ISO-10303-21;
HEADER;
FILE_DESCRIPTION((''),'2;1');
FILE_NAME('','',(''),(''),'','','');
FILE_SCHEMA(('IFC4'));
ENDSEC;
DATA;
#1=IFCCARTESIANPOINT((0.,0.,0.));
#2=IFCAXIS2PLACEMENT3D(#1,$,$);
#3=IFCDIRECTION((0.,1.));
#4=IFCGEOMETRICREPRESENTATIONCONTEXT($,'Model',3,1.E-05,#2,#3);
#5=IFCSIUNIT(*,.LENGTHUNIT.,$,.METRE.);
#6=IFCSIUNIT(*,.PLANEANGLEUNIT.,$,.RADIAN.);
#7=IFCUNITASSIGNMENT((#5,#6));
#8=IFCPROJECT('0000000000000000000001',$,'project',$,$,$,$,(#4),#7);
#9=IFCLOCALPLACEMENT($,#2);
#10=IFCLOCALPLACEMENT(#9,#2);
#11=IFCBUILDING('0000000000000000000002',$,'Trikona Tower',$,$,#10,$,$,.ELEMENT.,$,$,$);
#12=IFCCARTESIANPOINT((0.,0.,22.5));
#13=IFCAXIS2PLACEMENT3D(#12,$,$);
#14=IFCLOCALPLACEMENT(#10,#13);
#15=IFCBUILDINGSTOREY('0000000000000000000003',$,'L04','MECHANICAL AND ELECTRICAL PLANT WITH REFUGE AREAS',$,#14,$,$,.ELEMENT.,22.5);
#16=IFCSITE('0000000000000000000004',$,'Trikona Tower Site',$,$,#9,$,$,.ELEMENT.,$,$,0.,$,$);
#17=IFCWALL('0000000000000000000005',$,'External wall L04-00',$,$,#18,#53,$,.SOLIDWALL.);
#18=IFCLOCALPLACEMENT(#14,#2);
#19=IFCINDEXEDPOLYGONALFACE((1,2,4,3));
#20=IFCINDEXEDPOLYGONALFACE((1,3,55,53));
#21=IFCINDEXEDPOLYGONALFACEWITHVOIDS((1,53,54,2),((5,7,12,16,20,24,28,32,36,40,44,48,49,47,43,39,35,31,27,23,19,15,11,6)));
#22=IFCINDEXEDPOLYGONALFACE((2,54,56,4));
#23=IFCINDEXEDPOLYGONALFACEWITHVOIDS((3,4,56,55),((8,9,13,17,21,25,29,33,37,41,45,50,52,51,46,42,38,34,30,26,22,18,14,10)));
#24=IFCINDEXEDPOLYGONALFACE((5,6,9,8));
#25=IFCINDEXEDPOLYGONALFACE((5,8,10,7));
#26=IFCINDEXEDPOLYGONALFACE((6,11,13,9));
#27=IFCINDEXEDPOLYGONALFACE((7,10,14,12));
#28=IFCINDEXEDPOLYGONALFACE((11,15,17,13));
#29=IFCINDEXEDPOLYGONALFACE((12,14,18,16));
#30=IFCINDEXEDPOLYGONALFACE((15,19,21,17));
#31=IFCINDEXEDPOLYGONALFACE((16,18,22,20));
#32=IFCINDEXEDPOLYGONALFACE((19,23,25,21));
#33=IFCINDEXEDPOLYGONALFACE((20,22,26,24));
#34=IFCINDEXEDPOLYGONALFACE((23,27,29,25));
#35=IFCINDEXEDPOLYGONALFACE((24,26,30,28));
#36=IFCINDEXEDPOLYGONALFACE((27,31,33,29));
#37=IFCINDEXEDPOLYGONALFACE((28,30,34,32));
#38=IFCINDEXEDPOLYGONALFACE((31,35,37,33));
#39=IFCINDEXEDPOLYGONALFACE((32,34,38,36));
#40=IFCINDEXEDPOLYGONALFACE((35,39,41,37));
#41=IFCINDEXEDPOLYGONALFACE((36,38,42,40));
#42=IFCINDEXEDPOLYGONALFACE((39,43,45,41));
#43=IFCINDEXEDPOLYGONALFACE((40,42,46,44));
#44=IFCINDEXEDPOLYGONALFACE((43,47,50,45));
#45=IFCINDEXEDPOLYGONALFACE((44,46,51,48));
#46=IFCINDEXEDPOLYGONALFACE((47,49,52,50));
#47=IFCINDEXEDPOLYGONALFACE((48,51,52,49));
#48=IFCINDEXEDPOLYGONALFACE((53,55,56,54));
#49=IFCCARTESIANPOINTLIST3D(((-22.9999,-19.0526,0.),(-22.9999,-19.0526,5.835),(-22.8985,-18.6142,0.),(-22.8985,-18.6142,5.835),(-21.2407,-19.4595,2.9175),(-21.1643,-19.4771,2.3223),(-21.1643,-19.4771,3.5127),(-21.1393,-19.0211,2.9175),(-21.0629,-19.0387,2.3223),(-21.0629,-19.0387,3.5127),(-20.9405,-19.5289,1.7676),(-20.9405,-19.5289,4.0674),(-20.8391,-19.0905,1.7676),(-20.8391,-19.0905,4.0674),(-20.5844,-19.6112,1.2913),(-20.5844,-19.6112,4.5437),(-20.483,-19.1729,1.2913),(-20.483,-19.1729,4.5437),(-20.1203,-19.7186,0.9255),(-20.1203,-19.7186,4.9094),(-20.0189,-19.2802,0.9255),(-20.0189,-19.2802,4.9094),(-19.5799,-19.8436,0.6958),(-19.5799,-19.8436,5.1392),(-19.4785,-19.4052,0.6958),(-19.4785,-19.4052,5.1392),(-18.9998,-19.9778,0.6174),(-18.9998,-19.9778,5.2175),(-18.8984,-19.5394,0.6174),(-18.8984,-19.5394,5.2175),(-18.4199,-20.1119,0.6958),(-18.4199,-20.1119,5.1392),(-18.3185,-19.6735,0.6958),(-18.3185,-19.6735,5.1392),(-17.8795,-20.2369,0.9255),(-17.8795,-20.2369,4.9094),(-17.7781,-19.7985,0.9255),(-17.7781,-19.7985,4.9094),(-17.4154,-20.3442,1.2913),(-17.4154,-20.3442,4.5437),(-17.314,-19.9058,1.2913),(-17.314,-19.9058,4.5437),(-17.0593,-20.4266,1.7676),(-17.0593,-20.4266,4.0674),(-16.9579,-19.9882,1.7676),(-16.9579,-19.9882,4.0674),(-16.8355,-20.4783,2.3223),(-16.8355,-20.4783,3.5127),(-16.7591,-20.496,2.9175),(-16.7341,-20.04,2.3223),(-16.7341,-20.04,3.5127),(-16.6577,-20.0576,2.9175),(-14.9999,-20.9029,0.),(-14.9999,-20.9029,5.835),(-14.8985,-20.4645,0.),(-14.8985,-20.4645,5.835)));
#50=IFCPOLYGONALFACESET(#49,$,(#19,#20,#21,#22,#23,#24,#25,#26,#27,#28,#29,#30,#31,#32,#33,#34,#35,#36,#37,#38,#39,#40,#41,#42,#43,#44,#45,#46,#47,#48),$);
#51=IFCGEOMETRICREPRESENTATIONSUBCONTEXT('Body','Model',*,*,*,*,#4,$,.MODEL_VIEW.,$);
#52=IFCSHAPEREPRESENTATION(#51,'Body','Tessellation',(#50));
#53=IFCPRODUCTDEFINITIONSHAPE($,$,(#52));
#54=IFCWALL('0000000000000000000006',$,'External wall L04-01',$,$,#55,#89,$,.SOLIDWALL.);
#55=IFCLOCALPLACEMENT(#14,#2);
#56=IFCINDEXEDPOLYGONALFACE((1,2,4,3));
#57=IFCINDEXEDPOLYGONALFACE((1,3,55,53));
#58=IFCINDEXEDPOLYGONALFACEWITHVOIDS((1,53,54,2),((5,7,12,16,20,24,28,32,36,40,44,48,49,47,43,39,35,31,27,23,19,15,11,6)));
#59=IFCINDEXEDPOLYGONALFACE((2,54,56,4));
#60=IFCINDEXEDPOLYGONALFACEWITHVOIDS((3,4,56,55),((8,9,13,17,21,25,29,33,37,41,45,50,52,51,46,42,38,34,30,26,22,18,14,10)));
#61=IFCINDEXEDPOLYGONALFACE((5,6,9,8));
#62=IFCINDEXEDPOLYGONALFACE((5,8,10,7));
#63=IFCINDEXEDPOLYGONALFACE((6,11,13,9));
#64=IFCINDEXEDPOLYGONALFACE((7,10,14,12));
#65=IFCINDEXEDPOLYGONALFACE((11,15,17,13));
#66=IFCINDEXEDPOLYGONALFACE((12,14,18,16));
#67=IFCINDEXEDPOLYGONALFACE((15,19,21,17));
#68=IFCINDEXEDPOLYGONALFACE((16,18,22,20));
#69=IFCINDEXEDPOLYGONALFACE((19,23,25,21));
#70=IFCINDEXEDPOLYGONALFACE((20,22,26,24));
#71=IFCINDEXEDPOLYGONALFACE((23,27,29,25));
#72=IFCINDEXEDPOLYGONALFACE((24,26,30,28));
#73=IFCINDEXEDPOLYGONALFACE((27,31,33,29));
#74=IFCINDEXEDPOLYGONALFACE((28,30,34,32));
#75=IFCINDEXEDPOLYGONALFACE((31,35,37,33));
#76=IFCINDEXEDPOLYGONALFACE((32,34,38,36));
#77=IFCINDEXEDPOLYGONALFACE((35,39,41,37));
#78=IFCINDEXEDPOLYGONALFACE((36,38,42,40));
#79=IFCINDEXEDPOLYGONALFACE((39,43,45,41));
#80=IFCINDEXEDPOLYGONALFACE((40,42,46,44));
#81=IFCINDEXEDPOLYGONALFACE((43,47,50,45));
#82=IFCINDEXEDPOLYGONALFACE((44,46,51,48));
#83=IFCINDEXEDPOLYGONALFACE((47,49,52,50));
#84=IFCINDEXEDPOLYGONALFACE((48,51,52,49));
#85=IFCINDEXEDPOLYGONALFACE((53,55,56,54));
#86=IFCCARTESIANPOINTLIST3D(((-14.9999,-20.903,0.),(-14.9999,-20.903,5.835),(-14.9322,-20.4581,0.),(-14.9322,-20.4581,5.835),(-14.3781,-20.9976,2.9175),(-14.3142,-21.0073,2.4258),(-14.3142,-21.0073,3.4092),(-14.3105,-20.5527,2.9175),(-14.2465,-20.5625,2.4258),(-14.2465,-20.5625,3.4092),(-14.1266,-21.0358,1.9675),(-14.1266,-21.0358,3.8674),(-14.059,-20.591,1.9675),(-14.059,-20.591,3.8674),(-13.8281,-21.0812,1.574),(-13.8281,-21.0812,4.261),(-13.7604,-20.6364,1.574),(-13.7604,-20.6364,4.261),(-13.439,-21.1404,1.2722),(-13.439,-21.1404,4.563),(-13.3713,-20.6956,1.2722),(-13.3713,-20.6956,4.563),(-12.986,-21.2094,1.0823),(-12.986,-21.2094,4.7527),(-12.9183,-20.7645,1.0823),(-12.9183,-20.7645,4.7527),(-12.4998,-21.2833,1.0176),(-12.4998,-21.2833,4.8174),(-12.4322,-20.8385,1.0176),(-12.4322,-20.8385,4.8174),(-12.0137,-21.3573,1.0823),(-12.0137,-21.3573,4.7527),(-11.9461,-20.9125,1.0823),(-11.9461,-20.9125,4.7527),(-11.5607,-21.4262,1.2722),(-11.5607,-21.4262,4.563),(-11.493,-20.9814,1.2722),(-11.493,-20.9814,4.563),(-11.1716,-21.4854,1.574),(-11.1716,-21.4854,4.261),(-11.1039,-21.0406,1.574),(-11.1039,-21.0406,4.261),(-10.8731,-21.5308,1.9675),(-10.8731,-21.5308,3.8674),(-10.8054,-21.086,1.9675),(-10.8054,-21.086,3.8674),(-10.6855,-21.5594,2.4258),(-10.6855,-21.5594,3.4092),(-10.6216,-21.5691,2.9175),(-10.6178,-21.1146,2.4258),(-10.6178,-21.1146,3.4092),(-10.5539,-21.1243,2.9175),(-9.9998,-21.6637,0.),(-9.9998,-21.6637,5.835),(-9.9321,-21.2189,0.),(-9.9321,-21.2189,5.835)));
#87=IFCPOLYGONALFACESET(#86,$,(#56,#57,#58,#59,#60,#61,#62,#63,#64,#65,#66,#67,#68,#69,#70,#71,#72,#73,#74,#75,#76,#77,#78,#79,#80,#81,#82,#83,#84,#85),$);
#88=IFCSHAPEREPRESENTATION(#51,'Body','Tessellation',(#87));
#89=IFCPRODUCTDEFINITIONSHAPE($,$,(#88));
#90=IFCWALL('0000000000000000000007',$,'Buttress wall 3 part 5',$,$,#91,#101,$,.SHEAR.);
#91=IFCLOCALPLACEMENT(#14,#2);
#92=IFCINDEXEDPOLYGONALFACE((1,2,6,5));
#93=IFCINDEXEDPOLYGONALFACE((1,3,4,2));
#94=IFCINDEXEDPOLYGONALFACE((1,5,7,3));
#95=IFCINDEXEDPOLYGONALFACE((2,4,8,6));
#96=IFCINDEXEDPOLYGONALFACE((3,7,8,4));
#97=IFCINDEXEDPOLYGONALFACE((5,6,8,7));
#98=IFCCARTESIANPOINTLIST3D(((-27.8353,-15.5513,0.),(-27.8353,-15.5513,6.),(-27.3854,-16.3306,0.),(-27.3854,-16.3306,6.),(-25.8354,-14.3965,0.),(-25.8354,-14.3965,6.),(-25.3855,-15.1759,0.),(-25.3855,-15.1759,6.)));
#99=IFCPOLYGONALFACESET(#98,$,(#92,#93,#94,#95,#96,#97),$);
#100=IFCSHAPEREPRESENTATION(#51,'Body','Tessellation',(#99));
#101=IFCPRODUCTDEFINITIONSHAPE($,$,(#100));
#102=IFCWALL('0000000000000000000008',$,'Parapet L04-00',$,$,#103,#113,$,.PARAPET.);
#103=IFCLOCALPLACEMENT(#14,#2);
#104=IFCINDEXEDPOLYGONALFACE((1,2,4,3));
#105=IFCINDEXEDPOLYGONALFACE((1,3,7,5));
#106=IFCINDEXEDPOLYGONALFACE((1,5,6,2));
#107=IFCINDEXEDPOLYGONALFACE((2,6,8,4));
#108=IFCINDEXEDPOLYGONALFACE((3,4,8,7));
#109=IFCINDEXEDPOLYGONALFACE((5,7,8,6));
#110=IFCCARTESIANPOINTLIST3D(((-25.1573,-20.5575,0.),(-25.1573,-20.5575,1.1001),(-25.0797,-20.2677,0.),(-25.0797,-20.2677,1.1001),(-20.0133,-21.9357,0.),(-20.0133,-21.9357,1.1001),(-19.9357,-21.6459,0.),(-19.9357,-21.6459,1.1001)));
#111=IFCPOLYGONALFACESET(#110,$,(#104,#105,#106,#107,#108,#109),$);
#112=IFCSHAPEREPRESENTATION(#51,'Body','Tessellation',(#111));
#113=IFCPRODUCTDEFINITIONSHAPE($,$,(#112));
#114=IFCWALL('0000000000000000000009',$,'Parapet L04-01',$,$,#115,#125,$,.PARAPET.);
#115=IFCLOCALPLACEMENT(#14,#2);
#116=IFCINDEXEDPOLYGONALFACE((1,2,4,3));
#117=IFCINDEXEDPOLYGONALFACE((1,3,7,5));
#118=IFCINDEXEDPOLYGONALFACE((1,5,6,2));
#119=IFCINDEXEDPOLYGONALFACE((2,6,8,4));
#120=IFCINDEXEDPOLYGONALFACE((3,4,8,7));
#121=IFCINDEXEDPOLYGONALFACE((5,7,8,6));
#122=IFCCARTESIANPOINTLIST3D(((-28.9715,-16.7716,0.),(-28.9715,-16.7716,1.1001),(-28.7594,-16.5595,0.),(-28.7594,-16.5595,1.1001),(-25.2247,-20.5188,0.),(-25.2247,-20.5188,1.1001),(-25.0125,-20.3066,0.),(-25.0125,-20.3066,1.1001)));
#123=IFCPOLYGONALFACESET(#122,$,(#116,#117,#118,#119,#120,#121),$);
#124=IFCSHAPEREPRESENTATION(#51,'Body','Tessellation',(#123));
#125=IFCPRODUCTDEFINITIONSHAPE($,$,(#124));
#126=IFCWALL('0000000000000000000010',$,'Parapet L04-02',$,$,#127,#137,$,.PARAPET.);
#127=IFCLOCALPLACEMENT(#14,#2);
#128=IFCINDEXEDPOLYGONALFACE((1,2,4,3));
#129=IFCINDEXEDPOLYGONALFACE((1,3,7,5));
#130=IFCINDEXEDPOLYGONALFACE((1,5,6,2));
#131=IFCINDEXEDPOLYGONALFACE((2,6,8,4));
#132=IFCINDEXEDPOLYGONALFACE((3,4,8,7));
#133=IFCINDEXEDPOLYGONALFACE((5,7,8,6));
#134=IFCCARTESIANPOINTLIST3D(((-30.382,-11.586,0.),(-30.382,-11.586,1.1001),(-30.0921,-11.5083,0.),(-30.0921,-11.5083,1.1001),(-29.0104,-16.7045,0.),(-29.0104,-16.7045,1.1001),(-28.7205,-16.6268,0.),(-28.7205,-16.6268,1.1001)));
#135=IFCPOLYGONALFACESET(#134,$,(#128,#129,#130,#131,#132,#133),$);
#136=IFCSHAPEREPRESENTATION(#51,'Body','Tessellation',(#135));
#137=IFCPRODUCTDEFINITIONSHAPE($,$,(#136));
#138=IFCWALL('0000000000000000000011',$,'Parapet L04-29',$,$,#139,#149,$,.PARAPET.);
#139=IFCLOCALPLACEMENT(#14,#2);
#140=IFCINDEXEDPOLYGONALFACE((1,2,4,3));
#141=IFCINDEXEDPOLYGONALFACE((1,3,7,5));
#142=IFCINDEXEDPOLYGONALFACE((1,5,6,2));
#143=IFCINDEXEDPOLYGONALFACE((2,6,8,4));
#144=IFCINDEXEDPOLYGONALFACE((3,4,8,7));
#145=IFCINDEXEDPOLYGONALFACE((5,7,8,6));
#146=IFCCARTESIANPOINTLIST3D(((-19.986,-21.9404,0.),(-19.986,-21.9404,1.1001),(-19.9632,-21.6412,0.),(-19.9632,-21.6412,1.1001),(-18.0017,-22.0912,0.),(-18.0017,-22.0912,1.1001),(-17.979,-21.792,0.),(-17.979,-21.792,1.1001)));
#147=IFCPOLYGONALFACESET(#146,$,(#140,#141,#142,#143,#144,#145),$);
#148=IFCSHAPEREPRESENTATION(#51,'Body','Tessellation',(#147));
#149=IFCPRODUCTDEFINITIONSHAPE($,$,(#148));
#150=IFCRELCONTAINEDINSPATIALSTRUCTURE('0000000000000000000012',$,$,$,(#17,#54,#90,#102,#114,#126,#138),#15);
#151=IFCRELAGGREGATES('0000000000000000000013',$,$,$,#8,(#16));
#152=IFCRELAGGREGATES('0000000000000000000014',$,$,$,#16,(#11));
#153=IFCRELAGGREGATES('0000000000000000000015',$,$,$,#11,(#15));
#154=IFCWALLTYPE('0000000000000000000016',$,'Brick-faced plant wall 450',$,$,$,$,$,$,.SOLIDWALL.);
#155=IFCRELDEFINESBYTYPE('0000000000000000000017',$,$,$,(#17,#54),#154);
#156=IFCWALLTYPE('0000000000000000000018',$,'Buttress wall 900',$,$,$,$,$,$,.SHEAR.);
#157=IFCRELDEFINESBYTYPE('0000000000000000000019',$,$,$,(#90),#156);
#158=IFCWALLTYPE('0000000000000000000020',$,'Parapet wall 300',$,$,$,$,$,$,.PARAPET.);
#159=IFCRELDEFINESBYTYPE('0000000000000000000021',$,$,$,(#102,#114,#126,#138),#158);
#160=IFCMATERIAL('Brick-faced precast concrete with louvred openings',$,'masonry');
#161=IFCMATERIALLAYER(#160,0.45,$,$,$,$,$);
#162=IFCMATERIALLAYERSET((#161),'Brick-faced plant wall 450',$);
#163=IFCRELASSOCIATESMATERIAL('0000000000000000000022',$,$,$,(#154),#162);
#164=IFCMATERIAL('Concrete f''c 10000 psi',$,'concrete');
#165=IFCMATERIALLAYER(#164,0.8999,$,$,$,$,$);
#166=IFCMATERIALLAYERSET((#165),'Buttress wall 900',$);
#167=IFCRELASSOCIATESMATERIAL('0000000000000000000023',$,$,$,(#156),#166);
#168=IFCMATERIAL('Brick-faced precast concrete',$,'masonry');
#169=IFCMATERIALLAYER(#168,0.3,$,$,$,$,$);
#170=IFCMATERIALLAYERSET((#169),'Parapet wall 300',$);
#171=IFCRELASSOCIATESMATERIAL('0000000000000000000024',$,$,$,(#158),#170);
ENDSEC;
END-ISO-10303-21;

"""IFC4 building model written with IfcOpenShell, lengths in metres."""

from ifc_helpers import new_model, si_unit, direction, frame, frame_2d, origin, place, context, subcontext, project, spatial, polyline, rectangle, outline, extrude, material, layer, layer_set, type_object, element, save


model = new_model("IFC4")

# Units and contexts
model_context = context("Model", 3, precision=1e-05, world=origin(), true_north=direction((0.0, 1.0)))
body_context = subcontext(model_context, "Body", "Model", "MODEL_VIEW")
ifc_project = project(units=[si_unit("LENGTHUNIT", "METRE"), si_unit("PLANEANGLEUNIT", "RADIAN")], contexts=[model_context])

# Site, building, storey
site_placement = place(None, origin())
site = spatial("IfcSite", under=ifc_project, at=site_placement, Name="Trikona Tower Site", CompositionType="ELEMENT", RefElevation=0.0)
building_placement = place(site_placement, origin())
building = spatial("IfcBuilding", under=site, at=building_placement, Name="Trikona Tower", CompositionType="ELEMENT")
storey_placement = place(building_placement, frame((0.0, 0.0, 22.5)))
storey = spatial("IfcBuildingStorey", under=building, at=storey_placement, Name="L04", Description="MECHANICAL AND ELECTRICAL PLANT WITH REFUGE AREAS", CompositionType="ELEMENT", Elevation=22.5)

# Walls
ifc_material_1 = material(Name="Brick-faced precast concrete with louvred openings", Category="masonry")
ifc_layer_1 = layer(ifc_material_1, 0.45)
ifc_layer_set_1 = layer_set([ifc_layer_1], Name="Brick-faced plant wall 450")
wall_type_1 = type_object("IfcWallType", Name="Brick-faced plant wall 450", PredefinedType="SOLIDWALL", material=ifc_layer_set_1)
wall_1_placement = place(storey_placement, frame((-22.9492, -18.8335, 0.0), z_axis=(0.0, 0.0, 1.0), x_axis=(0.974279, -0.225344, 0.0)))
element("IfcWall", 1, at=wall_1_placement, inside=storey, type_object=wall_type_1, Name="External wall L04-00", PredefinedType="SOLIDWALL", context=body_context, shape_type="SweptSolid", body=[
    extrude(outline(polyline([(0.0, 0.0), (8.2112, 0.0), (8.2112, 5.835), (0.0, 5.835), (0.0, 0.0)]), holes=[polyline([(6.4055, 2.9175), (6.3271, 3.5127), (6.0974, 4.0674), (5.7319, 4.5437), (5.2556, 4.9094), (4.7009, 5.1392), (4.1057, 5.2175), (3.5103, 5.1392), (2.9556, 4.9094), (2.4792, 4.5437), (2.1138, 4.0674), (1.884, 3.5127), (1.8057, 2.9175), (1.884, 2.3223), (2.1138, 1.7676), (2.4792, 1.2913), (2.9556, 0.9255), (3.5103, 0.6958), (4.1057, 0.6174), (4.7009, 0.6958), (5.2556, 0.9255), (5.7319, 1.2913), (6.0974, 1.7676), (6.3271, 2.3223), (6.4055, 2.9175)])]), frame((0.0, 0.2251, 0.0), z_axis=(0.0, -1.0, 0.0), x_axis=(1.0, 0.0, 0.0)), (0.0, 0.0, 1.0), 0.45),
])
wall_2_placement = place(storey_placement, frame((-14.9661, -20.6807, 0.0), z_axis=(0.0, 0.0, 1.0), x_axis=(0.988623, -0.150417, 0.0)))
element("IfcWall", 2, at=wall_2_placement, inside=storey, type_object=wall_type_1, Name="External wall L04-01", PredefinedType="SOLIDWALL", context=body_context, shape_type="SweptSolid", body=[
    extrude(outline(polyline([(0.0, 0.0), (5.0576, 0.0), (5.0576, 5.835), (0.0, 5.835), (0.0, 0.0)]), holes=[polyline([(4.4287, 2.9175), (4.364, 3.4092), (4.1743, 3.8674), (3.8723, 4.261), (3.4788, 4.563), (3.0205, 4.7527), (2.5288, 4.8174), (2.0371, 4.7527), (1.5789, 4.563), (1.1853, 4.261), (0.8833, 3.8674), (0.6936, 3.4092), (0.6289, 2.9175), (0.6936, 2.4258), (0.8833, 1.9675), (1.1853, 1.574), (1.5789, 1.2722), (2.0371, 1.0823), (2.5288, 1.0176), (3.0205, 1.0823), (3.4788, 1.2722), (3.8723, 1.574), (4.1743, 1.9675), (4.364, 2.4258), (4.4287, 2.9175)])]), frame((0.0, 0.2251, 0.0), z_axis=(0.0, -1.0, 0.0), x_axis=(1.0, 0.0, 0.0)), (0.0, 0.0, 1.0), 0.45),
])
ifc_material_2 = material(Name="Concrete f'c 10000 psi", Category="concrete")
ifc_layer_2 = layer(ifc_material_2, 0.8999)
ifc_layer_set_2 = layer_set([ifc_layer_2], Name="Buttress wall 900")
wall_type_2 = type_object("IfcWallType", Name="Buttress wall 900", PredefinedType="SHEAR", material=ifc_layer_set_2)
wall_3_placement = place(storey_placement, frame((-25.6104, -14.7861, 0.0), z_axis=(0.0, 0.0, 1.0), x_axis=(-0.86601, -0.500027, 0.0)))
element("IfcWall", 3, at=wall_3_placement, inside=storey, type_object=wall_type_2, Name="Buttress wall 3 part 5", PredefinedType="SHEAR", context=body_context, shape_type="SweptSolid", body=[
    extrude(rectangle(XDim=2.3093, YDim=0.8999, at=frame_2d((1.1548, 0.0))), origin(), (0.0, 0.0, 1.0), 6.0),
])
ifc_material_3 = material(Name="Brick-faced precast concrete", Category="masonry")
ifc_layer_3 = layer(ifc_material_3, 0.3)
ifc_layer_set_3 = layer_set([ifc_layer_3], Name="Parapet wall 300")
wall_type_3 = type_object("IfcWallType", Name="Parapet wall 300", PredefinedType="PARAPET", material=ifc_layer_set_3)
wall_4_placement = place(storey_placement, frame((-19.9746, -21.7908, 0.0), z_axis=(0.0, 0.0, 1.0), x_axis=(-0.965934, 0.25879, 0.0)))
element("IfcWall", 4, at=wall_4_placement, inside=storey, type_object=wall_type_3, Name="Parapet L04-00", PredefinedType="PARAPET", context=body_context, shape_type="SweptSolid", body=[
    extrude(rectangle(XDim=5.3254, YDim=0.3, at=frame_2d((2.6626, 0.0))), origin(), (0.0, 0.0, 1.0), 1.1001),
])
for number, where, z_axis, x_axis, name in (
    (5, (-25.1187, -20.4126, 0.0), (0.0, 0.0, 1.0), (-0.707084, 0.70713, 0.0), "Parapet L04-01"),
    (6, (-28.8655, -16.6655, 0.0), (0.0, 0.0, 1.0), (-0.258838, 0.965921, 0.0), "Parapet L04-02"),
):
    element("IfcWall", number, at=place(storey_placement, frame(where, z_axis=z_axis, x_axis=x_axis)), inside=storey, type_object=wall_type_3, Name=name, PredefinedType="PARAPET", context=body_context, shape_type="SweptSolid", body=[
        extrude(rectangle(XDim=5.2991, YDim=0.3, at=frame_2d((2.6494, 0.0))), origin(), (0.0, 0.0, 1.0), 1.1001),
    ])
wall_5_placement = place(storey_placement, frame((-17.9902, -21.9417, 0.0), z_axis=(0.0, 0.0, 1.0), x_axis=(-0.997122, 0.075815, 0.0)))
element("IfcWall", 7, at=wall_5_placement, inside=storey, type_object=wall_type_3, Name="Parapet L04-29", PredefinedType="PARAPET", context=body_context, shape_type="SweptSolid", body=[
    extrude(rectangle(XDim=1.99, YDim=0.3, at=frame_2d((0.9951, 0.0))), origin(), (0.0, 0.0, 1.0), 1.1001),
])

save(model, "model.ifc")
